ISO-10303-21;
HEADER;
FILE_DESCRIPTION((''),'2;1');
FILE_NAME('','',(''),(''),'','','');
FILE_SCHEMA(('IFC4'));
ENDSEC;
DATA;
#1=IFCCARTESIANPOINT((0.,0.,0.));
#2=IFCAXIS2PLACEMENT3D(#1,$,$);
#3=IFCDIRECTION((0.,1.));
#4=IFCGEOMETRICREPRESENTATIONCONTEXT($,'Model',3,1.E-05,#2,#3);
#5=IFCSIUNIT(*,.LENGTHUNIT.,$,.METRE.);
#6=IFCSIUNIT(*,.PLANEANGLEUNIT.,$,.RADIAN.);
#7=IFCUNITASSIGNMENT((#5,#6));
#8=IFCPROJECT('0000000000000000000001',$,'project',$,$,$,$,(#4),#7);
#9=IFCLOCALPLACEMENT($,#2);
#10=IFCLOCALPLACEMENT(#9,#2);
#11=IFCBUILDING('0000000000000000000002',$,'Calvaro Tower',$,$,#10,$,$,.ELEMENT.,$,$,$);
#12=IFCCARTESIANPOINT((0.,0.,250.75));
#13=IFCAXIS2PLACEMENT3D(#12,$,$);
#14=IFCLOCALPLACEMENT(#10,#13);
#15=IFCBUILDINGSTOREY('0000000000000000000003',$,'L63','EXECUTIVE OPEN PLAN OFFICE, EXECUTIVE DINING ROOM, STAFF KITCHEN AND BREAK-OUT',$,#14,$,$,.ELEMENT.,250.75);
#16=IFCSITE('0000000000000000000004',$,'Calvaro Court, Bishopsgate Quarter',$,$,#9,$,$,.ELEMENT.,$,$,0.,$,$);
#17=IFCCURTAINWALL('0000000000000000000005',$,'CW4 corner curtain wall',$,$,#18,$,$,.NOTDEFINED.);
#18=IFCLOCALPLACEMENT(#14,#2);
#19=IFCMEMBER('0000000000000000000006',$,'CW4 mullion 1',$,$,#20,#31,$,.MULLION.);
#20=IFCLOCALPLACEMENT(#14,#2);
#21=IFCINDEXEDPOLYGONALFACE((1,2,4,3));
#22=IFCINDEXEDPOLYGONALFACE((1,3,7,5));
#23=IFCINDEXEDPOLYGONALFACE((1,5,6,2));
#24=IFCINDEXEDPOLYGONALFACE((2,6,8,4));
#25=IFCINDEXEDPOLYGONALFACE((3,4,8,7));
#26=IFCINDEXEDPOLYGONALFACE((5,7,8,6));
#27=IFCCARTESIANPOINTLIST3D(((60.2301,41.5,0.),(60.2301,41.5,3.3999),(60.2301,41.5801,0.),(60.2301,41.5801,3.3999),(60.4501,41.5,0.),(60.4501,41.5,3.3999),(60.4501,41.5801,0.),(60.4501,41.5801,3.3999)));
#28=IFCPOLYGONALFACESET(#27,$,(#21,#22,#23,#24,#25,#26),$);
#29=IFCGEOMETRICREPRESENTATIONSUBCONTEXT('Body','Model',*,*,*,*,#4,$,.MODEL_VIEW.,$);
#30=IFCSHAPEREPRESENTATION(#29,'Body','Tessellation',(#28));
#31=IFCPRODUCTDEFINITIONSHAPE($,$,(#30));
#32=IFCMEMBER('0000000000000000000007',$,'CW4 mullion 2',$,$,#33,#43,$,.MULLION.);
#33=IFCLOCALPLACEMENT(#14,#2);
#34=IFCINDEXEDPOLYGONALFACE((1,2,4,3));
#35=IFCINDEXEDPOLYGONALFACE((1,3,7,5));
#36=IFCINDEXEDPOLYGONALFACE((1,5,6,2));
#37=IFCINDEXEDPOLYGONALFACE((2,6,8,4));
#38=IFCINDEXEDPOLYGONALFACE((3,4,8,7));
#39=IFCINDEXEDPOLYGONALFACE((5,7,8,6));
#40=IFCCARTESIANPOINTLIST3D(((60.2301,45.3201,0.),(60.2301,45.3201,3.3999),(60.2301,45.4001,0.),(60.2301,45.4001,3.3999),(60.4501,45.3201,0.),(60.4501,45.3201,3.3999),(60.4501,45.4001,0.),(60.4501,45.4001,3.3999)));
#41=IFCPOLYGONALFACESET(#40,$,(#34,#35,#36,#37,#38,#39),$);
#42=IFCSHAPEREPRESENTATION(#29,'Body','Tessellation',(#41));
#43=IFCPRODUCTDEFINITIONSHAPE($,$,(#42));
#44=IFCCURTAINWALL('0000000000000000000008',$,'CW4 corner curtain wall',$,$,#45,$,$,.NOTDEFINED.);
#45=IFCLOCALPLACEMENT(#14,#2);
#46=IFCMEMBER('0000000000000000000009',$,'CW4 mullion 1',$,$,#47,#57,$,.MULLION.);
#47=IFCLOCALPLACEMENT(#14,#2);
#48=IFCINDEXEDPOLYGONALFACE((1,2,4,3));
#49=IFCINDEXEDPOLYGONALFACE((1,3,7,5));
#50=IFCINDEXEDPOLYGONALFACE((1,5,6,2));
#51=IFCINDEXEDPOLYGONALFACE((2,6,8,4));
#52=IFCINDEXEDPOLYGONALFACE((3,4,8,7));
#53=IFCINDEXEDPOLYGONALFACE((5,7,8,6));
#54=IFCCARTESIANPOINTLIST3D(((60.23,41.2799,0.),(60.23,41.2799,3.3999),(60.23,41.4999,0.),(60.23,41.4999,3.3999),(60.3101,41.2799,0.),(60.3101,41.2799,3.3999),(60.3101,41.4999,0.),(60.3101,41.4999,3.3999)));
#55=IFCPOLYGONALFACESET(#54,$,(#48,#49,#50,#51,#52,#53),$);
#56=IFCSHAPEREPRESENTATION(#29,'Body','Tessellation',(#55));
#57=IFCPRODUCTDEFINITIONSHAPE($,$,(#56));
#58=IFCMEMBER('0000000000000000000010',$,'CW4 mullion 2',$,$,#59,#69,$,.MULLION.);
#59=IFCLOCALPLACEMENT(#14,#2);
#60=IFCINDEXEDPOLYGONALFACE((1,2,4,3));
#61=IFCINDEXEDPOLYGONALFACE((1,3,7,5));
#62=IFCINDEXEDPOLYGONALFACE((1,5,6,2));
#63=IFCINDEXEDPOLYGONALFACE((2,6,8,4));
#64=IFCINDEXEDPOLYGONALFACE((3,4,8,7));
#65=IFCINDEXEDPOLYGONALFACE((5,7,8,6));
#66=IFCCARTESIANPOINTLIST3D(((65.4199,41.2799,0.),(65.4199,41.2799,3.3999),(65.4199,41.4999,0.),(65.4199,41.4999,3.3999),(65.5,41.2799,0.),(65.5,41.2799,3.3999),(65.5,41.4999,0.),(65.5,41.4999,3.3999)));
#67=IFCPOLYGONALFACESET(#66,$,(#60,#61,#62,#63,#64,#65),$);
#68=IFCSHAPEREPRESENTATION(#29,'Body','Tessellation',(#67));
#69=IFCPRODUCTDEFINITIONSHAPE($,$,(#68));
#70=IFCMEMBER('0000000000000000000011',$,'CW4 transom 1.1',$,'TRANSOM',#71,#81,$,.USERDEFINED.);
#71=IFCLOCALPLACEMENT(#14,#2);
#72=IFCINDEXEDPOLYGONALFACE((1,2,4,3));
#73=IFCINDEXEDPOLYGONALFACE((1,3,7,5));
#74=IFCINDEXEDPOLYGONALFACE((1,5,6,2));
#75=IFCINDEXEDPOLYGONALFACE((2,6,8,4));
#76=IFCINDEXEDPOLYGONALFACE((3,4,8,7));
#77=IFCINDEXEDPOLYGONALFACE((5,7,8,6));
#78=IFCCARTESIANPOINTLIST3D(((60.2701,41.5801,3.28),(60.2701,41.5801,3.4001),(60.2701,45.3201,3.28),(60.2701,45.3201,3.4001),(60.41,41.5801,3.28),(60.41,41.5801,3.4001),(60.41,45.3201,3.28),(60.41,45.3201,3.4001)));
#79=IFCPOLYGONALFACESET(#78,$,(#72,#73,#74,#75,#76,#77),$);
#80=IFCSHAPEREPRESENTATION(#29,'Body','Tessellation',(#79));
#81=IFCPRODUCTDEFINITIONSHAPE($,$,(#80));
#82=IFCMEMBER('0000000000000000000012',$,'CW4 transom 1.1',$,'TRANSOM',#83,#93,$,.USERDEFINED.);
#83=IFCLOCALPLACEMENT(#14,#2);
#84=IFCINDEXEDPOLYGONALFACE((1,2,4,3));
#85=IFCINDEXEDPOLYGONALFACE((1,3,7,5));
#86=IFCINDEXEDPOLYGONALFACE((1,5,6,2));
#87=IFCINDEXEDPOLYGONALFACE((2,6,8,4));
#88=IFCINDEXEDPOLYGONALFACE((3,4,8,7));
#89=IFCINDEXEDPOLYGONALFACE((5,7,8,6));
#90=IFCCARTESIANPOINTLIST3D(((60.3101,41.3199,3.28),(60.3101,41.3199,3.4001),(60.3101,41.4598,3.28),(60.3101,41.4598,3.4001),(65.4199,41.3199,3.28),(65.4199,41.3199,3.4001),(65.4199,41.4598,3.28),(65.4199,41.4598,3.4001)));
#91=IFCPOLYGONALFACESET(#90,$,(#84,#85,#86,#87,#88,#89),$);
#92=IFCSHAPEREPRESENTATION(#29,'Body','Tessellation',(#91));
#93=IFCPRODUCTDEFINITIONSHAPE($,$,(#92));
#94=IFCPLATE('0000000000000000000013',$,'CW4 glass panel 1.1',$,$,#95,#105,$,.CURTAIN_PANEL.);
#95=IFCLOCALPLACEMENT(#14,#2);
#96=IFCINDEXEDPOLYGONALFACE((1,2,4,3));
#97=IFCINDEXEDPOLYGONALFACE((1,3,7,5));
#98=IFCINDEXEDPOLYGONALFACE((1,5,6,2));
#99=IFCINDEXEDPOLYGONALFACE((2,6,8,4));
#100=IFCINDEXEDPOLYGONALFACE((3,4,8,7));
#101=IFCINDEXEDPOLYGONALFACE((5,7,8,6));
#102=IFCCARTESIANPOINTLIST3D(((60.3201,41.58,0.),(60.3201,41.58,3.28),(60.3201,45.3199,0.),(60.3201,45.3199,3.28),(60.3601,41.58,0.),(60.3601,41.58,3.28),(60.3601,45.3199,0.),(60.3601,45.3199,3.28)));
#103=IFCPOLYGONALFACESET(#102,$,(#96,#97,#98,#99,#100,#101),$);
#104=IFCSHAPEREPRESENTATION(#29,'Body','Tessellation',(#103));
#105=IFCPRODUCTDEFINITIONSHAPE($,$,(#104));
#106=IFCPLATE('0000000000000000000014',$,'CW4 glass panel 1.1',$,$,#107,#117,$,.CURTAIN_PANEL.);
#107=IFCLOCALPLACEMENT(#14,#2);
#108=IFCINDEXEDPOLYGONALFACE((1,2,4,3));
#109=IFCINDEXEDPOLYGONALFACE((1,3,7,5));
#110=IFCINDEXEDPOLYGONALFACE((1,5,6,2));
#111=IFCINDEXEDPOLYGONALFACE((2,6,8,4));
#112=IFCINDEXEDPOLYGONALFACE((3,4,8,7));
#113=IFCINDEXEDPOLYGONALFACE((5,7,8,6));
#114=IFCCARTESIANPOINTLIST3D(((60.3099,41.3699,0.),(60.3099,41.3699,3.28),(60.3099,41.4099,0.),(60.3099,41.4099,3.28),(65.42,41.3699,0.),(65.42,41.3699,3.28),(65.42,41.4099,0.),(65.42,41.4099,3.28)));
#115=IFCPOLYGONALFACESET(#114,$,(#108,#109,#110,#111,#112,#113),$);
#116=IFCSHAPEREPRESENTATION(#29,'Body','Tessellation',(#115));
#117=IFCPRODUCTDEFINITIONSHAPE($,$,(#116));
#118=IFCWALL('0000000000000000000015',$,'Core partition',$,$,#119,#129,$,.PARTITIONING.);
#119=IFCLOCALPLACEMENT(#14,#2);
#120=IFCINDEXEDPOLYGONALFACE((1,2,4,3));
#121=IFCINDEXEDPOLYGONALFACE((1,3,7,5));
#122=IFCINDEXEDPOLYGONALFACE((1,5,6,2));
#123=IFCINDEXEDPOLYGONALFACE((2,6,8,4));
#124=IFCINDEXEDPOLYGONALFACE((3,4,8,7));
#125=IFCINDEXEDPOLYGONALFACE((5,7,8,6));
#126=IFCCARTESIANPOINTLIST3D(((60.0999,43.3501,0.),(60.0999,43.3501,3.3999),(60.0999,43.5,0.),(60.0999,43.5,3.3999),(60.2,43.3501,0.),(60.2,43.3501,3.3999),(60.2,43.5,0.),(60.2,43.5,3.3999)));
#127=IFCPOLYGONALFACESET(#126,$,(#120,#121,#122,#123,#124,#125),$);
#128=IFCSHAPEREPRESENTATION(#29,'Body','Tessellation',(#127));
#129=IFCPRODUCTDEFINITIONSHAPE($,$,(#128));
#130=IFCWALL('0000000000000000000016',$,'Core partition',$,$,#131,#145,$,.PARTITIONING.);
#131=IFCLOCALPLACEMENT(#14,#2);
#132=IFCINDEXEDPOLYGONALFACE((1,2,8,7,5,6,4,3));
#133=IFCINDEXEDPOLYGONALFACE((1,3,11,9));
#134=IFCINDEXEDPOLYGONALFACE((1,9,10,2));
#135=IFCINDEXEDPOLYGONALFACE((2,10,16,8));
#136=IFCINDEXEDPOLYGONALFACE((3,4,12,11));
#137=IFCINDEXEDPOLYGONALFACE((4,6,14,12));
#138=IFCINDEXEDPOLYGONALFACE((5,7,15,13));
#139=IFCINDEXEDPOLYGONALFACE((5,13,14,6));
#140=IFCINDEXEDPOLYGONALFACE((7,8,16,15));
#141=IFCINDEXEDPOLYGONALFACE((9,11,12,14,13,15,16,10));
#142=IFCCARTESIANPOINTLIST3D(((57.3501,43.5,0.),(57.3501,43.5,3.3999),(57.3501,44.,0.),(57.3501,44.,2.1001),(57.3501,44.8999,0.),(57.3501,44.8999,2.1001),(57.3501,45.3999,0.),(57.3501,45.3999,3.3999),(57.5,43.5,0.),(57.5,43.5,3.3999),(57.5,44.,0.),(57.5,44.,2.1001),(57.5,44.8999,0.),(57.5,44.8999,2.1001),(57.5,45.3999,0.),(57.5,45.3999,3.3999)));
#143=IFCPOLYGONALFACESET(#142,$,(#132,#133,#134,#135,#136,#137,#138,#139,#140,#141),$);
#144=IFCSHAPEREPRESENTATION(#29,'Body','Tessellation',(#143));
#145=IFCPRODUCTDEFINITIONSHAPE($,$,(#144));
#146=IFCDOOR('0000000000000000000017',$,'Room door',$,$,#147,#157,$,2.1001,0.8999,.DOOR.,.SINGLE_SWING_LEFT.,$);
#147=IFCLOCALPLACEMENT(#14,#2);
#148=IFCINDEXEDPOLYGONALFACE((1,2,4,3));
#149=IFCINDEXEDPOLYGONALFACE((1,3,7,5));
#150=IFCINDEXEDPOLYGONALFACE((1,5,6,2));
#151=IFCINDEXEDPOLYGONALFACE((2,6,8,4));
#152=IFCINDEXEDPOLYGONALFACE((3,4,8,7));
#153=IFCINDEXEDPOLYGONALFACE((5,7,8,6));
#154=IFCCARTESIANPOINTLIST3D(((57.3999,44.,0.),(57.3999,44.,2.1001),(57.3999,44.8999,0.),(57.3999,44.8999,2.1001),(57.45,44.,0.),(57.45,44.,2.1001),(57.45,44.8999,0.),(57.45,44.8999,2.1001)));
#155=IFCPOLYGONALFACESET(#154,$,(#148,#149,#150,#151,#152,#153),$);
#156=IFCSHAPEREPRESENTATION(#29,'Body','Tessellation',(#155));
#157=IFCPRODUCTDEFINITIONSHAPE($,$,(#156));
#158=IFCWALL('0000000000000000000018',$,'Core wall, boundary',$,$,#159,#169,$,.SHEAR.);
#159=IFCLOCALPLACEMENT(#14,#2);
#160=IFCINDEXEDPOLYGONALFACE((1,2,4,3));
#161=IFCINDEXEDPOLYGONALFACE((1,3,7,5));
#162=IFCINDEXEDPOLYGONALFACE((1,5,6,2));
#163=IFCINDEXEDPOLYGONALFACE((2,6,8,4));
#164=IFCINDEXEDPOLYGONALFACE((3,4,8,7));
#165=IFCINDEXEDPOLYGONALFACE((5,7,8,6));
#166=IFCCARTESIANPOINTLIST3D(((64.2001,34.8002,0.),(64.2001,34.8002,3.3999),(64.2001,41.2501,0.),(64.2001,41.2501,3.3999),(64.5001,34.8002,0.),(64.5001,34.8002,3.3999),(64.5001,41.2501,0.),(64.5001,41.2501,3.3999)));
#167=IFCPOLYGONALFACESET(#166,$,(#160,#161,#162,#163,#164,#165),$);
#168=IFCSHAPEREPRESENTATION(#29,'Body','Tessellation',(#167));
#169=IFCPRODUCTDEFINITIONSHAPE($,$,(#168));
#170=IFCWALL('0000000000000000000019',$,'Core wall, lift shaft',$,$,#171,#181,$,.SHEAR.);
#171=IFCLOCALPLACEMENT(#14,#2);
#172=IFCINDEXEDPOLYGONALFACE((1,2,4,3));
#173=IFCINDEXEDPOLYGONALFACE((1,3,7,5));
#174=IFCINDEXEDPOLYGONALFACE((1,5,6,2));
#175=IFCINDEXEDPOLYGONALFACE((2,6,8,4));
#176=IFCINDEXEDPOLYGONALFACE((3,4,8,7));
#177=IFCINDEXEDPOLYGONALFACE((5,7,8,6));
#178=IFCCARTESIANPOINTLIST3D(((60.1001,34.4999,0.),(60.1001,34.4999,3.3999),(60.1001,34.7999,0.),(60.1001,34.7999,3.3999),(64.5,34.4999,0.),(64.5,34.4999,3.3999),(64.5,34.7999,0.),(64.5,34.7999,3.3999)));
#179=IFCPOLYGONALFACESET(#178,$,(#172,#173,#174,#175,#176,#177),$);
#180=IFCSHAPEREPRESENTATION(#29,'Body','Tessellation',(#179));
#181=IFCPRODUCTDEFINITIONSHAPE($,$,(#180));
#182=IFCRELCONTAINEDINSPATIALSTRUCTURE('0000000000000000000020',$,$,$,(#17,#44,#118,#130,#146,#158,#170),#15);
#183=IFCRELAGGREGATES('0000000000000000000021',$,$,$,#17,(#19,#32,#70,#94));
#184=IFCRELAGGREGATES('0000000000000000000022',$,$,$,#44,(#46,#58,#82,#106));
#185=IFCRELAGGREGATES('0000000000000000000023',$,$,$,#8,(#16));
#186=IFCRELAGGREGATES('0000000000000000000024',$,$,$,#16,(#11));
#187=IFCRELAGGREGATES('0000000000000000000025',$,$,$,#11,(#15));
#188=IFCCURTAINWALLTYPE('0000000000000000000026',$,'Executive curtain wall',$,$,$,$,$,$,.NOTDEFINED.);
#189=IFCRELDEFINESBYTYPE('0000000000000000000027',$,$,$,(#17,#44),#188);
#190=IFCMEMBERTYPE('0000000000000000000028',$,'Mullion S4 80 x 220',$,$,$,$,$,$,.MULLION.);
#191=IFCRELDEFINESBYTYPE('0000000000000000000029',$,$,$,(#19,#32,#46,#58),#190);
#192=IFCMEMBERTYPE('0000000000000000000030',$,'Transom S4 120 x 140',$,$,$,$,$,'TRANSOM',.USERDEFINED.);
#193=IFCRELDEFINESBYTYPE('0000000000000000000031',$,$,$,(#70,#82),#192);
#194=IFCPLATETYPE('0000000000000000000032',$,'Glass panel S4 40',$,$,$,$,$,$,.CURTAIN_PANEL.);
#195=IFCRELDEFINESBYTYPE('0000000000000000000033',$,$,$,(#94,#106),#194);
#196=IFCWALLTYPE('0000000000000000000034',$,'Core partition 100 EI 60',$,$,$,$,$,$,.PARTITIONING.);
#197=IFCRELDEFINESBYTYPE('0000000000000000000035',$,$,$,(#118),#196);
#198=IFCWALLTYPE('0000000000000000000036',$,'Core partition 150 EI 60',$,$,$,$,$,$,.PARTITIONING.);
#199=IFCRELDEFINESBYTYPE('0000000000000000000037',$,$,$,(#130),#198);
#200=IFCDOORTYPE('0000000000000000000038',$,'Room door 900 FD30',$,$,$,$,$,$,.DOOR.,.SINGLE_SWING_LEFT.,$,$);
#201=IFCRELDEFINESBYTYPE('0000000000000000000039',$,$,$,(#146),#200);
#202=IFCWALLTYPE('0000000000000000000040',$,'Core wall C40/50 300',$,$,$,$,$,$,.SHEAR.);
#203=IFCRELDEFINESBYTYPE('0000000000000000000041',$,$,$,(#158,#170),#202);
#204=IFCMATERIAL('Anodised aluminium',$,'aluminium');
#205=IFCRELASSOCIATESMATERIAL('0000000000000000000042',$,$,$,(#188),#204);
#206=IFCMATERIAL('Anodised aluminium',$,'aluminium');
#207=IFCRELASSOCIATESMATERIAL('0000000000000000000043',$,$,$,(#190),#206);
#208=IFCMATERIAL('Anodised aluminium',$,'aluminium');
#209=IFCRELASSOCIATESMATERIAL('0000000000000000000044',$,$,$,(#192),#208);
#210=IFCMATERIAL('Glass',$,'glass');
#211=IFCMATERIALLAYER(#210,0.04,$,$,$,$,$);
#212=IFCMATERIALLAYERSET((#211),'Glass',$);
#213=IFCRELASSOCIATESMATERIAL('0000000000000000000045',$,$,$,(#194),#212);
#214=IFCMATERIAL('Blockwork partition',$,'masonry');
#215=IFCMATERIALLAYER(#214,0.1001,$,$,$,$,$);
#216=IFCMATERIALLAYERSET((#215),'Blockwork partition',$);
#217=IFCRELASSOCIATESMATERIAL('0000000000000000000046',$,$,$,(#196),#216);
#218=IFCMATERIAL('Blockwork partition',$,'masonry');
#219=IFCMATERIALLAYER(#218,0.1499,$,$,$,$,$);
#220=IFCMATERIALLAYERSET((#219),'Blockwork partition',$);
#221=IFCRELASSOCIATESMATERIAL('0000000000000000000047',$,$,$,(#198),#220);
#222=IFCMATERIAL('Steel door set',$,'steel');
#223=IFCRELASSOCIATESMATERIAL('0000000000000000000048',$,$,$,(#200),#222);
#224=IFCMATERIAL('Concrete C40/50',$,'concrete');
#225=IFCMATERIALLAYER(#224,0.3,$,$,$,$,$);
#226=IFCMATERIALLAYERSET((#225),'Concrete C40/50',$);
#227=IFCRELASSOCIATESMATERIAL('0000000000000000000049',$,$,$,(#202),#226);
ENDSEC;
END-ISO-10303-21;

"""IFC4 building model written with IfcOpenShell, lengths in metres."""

from ifc_helpers import new_model, si_unit, direction, frame, frame_2d, origin, origin_2d, place, context, subcontext, project, spatial, rectangle, extrude, material, layer, layer_set, material_profile, profile_set, type_object, element, fill, aggregate, save


model = new_model("IFC4")

# Units and contexts
model_context = context("Model", 3, precision=1e-05, world=origin(), true_north=direction((0.0, 1.0)))
body_context = subcontext(model_context, "Body", "Model", "MODEL_VIEW")
ifc_project = project(units=[si_unit("LENGTHUNIT", "METRE"), si_unit("PLANEANGLEUNIT", "RADIAN")], contexts=[model_context])

# Site, building, storey
site_placement = place(None, origin())
site = spatial("IfcSite", under=ifc_project, at=site_placement, Name="Calvaro Court, Bishopsgate Quarter", CompositionType="ELEMENT", RefElevation=0.0)
building_placement = place(site_placement, origin())
building = spatial("IfcBuilding", under=site, at=building_placement, Name="Calvaro Tower", CompositionType="ELEMENT")
storey_placement = place(building_placement, frame((0.0, 0.0, 250.75)))
storey = spatial("IfcBuildingStorey", under=building, at=storey_placement, Name="L63", Description="EXECUTIVE OPEN PLAN OFFICE, EXECUTIVE DINING ROOM, STAFF KITCHEN AND BREAK-OUT", CompositionType="ELEMENT", Elevation=250.75)

# Curtain walls, members
ifc_material_1 = material(Name="Anodised aluminium", Category="aluminium")
curtain_wall_type = type_object("IfcCurtainWallType", Name="Executive curtain wall", PredefinedType="NOTDEFINED", material=ifc_material_1)
curtain_wall_1_placement = place(storey_placement, origin())
curtain_wall_1 = element("IfcCurtainWall", 1, at=curtain_wall_1_placement, inside=storey, type_object=curtain_wall_type, Name="CW4 corner curtain wall", PredefinedType="NOTDEFINED")
ifc_material_2 = material(Name="Anodised aluminium", Category="aluminium")
ifc_material_profile_1 = material_profile(ifc_material_2, rectangle(XDim=0.22, YDim=0.0801, at=origin_2d()), Name="Mullion S4 80 x 220")
ifc_profile_set_1 = profile_set([ifc_material_profile_1], Name="Anodised aluminium")
member_type_1 = type_object("IfcMemberType", Name="Mullion S4 80 x 220", PredefinedType="MULLION", material=ifc_profile_set_1)
member_1_placement = place(storey_placement, frame((60.3401, 41.54, 0.0), z_axis=(0.0, 0.0, 1.0), x_axis=(-1.0, 0.0, 0.0)))
member_1 = element("IfcMember", 2, at=member_1_placement, type_object=member_type_1, Name="CW4 mullion 1", PredefinedType="MULLION", context=body_context, shape_type="SweptSolid", body=[
    extrude(rectangle(XDim=0.22, YDim=0.0801, at=origin_2d()), origin(), (0.0, 0.0, 1.0), 3.3999),
])
member_2_placement = place(storey_placement, frame((60.3401, 45.3601, 0.0), z_axis=(0.0, 0.0, 1.0), x_axis=(-1.0, 0.0, 0.0)))
member_2 = element("IfcMember", 3, at=member_2_placement, type_object=member_type_1, Name="CW4 mullion 2", PredefinedType="MULLION", context=body_context, shape_type="SweptSolid", body=[
    extrude(rectangle(XDim=0.22, YDim=0.0801, at=origin_2d()), origin(), (0.0, 0.0, 1.0), 3.3999),
])
curtain_wall_2_placement = place(storey_placement, origin())
curtain_wall_2 = element("IfcCurtainWall", 4, at=curtain_wall_2_placement, inside=storey, type_object=curtain_wall_type, Name="CW4 corner curtain wall", PredefinedType="NOTDEFINED")
member_3_placement = place(storey_placement, frame((60.27, 41.3899, 0.0), z_axis=(0.0, 0.0, 1.0), x_axis=(0.0, 1.0, 0.0)))
member_3 = element("IfcMember", 5, at=member_3_placement, type_object=member_type_1, Name="CW4 mullion 1", PredefinedType="MULLION", context=body_context, shape_type="SweptSolid", body=[
    extrude(rectangle(XDim=0.22, YDim=0.0801, at=origin_2d()), origin(), (0.0, 0.0, 1.0), 3.3999),
])
member_4_placement = place(storey_placement, frame((65.46, 41.3899, 0.0), z_axis=(0.0, 0.0, 1.0), x_axis=(0.0, 1.0, 0.0)))
member_4 = element("IfcMember", 6, at=member_4_placement, type_object=member_type_1, Name="CW4 mullion 2", PredefinedType="MULLION", context=body_context, shape_type="SweptSolid", body=[
    extrude(rectangle(XDim=0.22, YDim=0.0801, at=origin_2d()), origin(), (0.0, 0.0, 1.0), 3.3999),
])

# Members
ifc_material_3 = material(Name="Anodised aluminium", Category="aluminium")
ifc_material_profile_2 = material_profile(ifc_material_3, rectangle(XDim=0.1399, YDim=0.1201, at=origin_2d()), Name="Transom S4 120 x 140")
ifc_profile_set_2 = profile_set([ifc_material_profile_2], Name="Anodised aluminium")
member_type_2 = type_object("IfcMemberType", Name="Transom S4 120 x 140", ElementType="TRANSOM", PredefinedType="USERDEFINED", material=ifc_profile_set_2)
member_5_placement = place(storey_placement, frame((60.3401, 41.5801, 3.3401), z_axis=(0.0, 1.0, 0.0), x_axis=(-1.0, 0.0, 0.0)))
member_5 = element("IfcMember", 7, at=member_5_placement, type_object=member_type_2, Name="CW4 transom 1.1", ObjectType="TRANSOM", PredefinedType="USERDEFINED", context=body_context, shape_type="SweptSolid", body=[
    extrude(rectangle(XDim=0.1399, YDim=0.1201, at=origin_2d()), origin(), (0.0, 0.0, 1.0), 3.74),
])
member_6_placement = place(storey_placement, frame((60.3101, 41.3899, 3.3401), z_axis=(1.0, 0.0, 0.0), x_axis=(0.0, 1.0, 0.0)))
member_6 = element("IfcMember", 8, at=member_6_placement, type_object=member_type_2, Name="CW4 transom 1.1", ObjectType="TRANSOM", PredefinedType="USERDEFINED", context=body_context, shape_type="SweptSolid", body=[
    extrude(rectangle(XDim=0.1399, YDim=0.1201, at=origin_2d()), origin(), (0.0, 0.0, 1.0), 5.1099),
])

# Plates
ifc_material_4 = material(Name="Glass", Category="glass")
ifc_layer_1 = layer(ifc_material_4, 0.04)
ifc_layer_set_1 = layer_set([ifc_layer_1], Name="Glass")
plate_type = type_object("IfcPlateType", Name="Glass panel S4 40", PredefinedType="CURTAIN_PANEL", material=ifc_layer_set_1)
plate_1_placement = place(storey_placement, frame((60.3401, 43.45, 0.0), z_axis=(0.0, 0.0, 1.0), x_axis=(0.0, 1.0, 0.0)))
plate_1 = element("IfcPlate", 9, at=plate_1_placement, type_object=plate_type, Name="CW4 glass panel 1.1", PredefinedType="CURTAIN_PANEL", context=body_context, shape_type="SweptSolid", body=[
    extrude(rectangle(XDim=3.74, YDim=0.04, at=origin_2d()), origin(), (0.0, 0.0, 1.0), 3.28),
])
aggregate(curtain_wall_1, [member_1, member_2, member_5, plate_1])
plate_2_placement = place(storey_placement, frame((62.865, 41.3899, 0.0), z_axis=(0.0, 0.0, 1.0), x_axis=(1.0, 0.0, 0.0)))
plate_2 = element("IfcPlate", 10, at=plate_2_placement, type_object=plate_type, Name="CW4 glass panel 1.1", PredefinedType="CURTAIN_PANEL", context=body_context, shape_type="SweptSolid", body=[
    extrude(rectangle(XDim=5.1101, YDim=0.04, at=origin_2d()), origin(), (0.0, 0.0, 1.0), 3.28),
])
aggregate(curtain_wall_2, [member_3, member_4, member_6, plate_2])

# Wall
ifc_material_5 = material(Name="Blockwork partition", Category="masonry")
ifc_layer_2 = layer(ifc_material_5, 0.1001)
ifc_layer_set_2 = layer_set([ifc_layer_2], Name="Blockwork partition")
wall_type_1 = type_object("IfcWallType", Name="Core partition 100 EI 60", PredefinedType="PARTITIONING", material=ifc_layer_set_2)
wall_1_placement = place(storey_placement, frame((60.1499, 43.3501, 0.0), z_axis=(0.0, 0.0, 1.0), x_axis=(0.0, 1.0, 0.0)))
element("IfcWall", 11, at=wall_1_placement, inside=storey, type_object=wall_type_1, Name="Core partition", PredefinedType="PARTITIONING", context=body_context, shape_type="SweptSolid", body=[
    extrude(rectangle(XDim=0.1499, YDim=0.1001, at=frame_2d((0.075, 0.0))), origin(), (0.0, 0.0, 1.0), 3.3999),
])

# Wall, opening, door
ifc_material_6 = material(Name="Blockwork partition", Category="masonry")
ifc_layer_3 = layer(ifc_material_6, 0.1499)
ifc_layer_set_3 = layer_set([ifc_layer_3], Name="Blockwork partition")
wall_type_2 = type_object("IfcWallType", Name="Core partition 150 EI 60", PredefinedType="PARTITIONING", material=ifc_layer_set_3)
wall_2_placement = place(storey_placement, frame((57.425, 45.3999, 0.0), z_axis=(0.0, 0.0, 1.0), x_axis=(0.0, -1.0, 0.0)))
wall_2 = element("IfcWall", 12, at=wall_2_placement, inside=storey, type_object=wall_type_2, Name="Core partition", PredefinedType="PARTITIONING", context=body_context, shape_type="SweptSolid", body=[
    extrude(rectangle(XDim=1.8999, YDim=0.1499, at=frame_2d((0.95, 0.0))), origin(), (0.0, 0.0, 1.0), 3.3999),
])
opening_1_placement = place(wall_2_placement, frame((0.5, 0.0, 0.0)))
opening_1 = element("IfcOpeningElement", 13, at=opening_1_placement, cuts=wall_2, PredefinedType="OPENING", context=body_context, shape_type="SweptSolid", body=[
    extrude(rectangle(XDim=0.8999, YDim=2.1001, at=frame_2d((0.45, 1.05))), frame((0.0, 0.085, 0.0), z_axis=(0.0, -1.0, 0.0), x_axis=(1.0, 0.0, 0.0)), (0.0, 0.0, 1.0), 0.1699),
])
ifc_material_7 = material(Name="Steel door set", Category="steel")
door_type_1 = type_object("IfcDoorType", Name="Room door 900 FD30", OperationType="SINGLE_SWING_LEFT", PredefinedType="DOOR", material=ifc_material_7)
door_1_placement = place(opening_1_placement, origin())
door_1 = element("IfcDoor", 14, at=door_1_placement, inside=storey, type_object=door_type_1, Name="Room door", OperationType="SINGLE_SWING_LEFT", OverallHeight=2.1001, OverallWidth=0.8999, PredefinedType="DOOR", context=body_context, shape_type="SweptSolid", body=[
    extrude(rectangle(XDim=0.8999, YDim=2.1001, at=frame_2d((0.45, 1.05))), frame((0.0, 0.0249, 0.0), z_axis=(0.0, -1.0, 0.0), x_axis=(1.0, 0.0, 0.0)), (0.0, 0.0, 1.0), 0.05),
])
fill(opening_1, door_1)

# Walls
ifc_material_8 = material(Name="Concrete C40/50", Category="concrete")
ifc_layer_4 = layer(ifc_material_8, 0.3)
ifc_layer_set_4 = layer_set([ifc_layer_4], Name="Concrete C40/50")
wall_type_3 = type_object("IfcWallType", Name="Core wall C40/50 300", PredefinedType="SHEAR", material=ifc_layer_set_4)
wall_3_placement = place(storey_placement, frame((64.3501, 34.8, 0.0), z_axis=(0.0, 0.0, 1.0), x_axis=(0.0, 1.0, 0.0)))
element("IfcWall", 15, at=wall_3_placement, inside=storey, type_object=wall_type_3, Name="Core wall, boundary", PredefinedType="SHEAR", context=body_context, shape_type="SweptSolid", body=[
    extrude(rectangle(XDim=6.45, YDim=0.3, at=frame_2d((3.2251, 0.0))), origin(), (0.0, 0.0, 1.0), 3.3999),
])
wall_4_placement = place(storey_placement, frame((60.1001, 34.6499, 0.0), z_axis=(0.0, 0.0, 1.0), x_axis=(1.0, 0.0, 0.0)))
element("IfcWall", 16, at=wall_4_placement, inside=storey, type_object=wall_type_3, Name="Core wall, lift shaft", PredefinedType="SHEAR", context=body_context, shape_type="SweptSolid", body=[
    extrude(rectangle(XDim=4.3999, YDim=0.3, at=frame_2d((2.2, 0.0))), origin(), (0.0, 0.0, 1.0), 3.3999),
])

save(model, "model.ifc")
